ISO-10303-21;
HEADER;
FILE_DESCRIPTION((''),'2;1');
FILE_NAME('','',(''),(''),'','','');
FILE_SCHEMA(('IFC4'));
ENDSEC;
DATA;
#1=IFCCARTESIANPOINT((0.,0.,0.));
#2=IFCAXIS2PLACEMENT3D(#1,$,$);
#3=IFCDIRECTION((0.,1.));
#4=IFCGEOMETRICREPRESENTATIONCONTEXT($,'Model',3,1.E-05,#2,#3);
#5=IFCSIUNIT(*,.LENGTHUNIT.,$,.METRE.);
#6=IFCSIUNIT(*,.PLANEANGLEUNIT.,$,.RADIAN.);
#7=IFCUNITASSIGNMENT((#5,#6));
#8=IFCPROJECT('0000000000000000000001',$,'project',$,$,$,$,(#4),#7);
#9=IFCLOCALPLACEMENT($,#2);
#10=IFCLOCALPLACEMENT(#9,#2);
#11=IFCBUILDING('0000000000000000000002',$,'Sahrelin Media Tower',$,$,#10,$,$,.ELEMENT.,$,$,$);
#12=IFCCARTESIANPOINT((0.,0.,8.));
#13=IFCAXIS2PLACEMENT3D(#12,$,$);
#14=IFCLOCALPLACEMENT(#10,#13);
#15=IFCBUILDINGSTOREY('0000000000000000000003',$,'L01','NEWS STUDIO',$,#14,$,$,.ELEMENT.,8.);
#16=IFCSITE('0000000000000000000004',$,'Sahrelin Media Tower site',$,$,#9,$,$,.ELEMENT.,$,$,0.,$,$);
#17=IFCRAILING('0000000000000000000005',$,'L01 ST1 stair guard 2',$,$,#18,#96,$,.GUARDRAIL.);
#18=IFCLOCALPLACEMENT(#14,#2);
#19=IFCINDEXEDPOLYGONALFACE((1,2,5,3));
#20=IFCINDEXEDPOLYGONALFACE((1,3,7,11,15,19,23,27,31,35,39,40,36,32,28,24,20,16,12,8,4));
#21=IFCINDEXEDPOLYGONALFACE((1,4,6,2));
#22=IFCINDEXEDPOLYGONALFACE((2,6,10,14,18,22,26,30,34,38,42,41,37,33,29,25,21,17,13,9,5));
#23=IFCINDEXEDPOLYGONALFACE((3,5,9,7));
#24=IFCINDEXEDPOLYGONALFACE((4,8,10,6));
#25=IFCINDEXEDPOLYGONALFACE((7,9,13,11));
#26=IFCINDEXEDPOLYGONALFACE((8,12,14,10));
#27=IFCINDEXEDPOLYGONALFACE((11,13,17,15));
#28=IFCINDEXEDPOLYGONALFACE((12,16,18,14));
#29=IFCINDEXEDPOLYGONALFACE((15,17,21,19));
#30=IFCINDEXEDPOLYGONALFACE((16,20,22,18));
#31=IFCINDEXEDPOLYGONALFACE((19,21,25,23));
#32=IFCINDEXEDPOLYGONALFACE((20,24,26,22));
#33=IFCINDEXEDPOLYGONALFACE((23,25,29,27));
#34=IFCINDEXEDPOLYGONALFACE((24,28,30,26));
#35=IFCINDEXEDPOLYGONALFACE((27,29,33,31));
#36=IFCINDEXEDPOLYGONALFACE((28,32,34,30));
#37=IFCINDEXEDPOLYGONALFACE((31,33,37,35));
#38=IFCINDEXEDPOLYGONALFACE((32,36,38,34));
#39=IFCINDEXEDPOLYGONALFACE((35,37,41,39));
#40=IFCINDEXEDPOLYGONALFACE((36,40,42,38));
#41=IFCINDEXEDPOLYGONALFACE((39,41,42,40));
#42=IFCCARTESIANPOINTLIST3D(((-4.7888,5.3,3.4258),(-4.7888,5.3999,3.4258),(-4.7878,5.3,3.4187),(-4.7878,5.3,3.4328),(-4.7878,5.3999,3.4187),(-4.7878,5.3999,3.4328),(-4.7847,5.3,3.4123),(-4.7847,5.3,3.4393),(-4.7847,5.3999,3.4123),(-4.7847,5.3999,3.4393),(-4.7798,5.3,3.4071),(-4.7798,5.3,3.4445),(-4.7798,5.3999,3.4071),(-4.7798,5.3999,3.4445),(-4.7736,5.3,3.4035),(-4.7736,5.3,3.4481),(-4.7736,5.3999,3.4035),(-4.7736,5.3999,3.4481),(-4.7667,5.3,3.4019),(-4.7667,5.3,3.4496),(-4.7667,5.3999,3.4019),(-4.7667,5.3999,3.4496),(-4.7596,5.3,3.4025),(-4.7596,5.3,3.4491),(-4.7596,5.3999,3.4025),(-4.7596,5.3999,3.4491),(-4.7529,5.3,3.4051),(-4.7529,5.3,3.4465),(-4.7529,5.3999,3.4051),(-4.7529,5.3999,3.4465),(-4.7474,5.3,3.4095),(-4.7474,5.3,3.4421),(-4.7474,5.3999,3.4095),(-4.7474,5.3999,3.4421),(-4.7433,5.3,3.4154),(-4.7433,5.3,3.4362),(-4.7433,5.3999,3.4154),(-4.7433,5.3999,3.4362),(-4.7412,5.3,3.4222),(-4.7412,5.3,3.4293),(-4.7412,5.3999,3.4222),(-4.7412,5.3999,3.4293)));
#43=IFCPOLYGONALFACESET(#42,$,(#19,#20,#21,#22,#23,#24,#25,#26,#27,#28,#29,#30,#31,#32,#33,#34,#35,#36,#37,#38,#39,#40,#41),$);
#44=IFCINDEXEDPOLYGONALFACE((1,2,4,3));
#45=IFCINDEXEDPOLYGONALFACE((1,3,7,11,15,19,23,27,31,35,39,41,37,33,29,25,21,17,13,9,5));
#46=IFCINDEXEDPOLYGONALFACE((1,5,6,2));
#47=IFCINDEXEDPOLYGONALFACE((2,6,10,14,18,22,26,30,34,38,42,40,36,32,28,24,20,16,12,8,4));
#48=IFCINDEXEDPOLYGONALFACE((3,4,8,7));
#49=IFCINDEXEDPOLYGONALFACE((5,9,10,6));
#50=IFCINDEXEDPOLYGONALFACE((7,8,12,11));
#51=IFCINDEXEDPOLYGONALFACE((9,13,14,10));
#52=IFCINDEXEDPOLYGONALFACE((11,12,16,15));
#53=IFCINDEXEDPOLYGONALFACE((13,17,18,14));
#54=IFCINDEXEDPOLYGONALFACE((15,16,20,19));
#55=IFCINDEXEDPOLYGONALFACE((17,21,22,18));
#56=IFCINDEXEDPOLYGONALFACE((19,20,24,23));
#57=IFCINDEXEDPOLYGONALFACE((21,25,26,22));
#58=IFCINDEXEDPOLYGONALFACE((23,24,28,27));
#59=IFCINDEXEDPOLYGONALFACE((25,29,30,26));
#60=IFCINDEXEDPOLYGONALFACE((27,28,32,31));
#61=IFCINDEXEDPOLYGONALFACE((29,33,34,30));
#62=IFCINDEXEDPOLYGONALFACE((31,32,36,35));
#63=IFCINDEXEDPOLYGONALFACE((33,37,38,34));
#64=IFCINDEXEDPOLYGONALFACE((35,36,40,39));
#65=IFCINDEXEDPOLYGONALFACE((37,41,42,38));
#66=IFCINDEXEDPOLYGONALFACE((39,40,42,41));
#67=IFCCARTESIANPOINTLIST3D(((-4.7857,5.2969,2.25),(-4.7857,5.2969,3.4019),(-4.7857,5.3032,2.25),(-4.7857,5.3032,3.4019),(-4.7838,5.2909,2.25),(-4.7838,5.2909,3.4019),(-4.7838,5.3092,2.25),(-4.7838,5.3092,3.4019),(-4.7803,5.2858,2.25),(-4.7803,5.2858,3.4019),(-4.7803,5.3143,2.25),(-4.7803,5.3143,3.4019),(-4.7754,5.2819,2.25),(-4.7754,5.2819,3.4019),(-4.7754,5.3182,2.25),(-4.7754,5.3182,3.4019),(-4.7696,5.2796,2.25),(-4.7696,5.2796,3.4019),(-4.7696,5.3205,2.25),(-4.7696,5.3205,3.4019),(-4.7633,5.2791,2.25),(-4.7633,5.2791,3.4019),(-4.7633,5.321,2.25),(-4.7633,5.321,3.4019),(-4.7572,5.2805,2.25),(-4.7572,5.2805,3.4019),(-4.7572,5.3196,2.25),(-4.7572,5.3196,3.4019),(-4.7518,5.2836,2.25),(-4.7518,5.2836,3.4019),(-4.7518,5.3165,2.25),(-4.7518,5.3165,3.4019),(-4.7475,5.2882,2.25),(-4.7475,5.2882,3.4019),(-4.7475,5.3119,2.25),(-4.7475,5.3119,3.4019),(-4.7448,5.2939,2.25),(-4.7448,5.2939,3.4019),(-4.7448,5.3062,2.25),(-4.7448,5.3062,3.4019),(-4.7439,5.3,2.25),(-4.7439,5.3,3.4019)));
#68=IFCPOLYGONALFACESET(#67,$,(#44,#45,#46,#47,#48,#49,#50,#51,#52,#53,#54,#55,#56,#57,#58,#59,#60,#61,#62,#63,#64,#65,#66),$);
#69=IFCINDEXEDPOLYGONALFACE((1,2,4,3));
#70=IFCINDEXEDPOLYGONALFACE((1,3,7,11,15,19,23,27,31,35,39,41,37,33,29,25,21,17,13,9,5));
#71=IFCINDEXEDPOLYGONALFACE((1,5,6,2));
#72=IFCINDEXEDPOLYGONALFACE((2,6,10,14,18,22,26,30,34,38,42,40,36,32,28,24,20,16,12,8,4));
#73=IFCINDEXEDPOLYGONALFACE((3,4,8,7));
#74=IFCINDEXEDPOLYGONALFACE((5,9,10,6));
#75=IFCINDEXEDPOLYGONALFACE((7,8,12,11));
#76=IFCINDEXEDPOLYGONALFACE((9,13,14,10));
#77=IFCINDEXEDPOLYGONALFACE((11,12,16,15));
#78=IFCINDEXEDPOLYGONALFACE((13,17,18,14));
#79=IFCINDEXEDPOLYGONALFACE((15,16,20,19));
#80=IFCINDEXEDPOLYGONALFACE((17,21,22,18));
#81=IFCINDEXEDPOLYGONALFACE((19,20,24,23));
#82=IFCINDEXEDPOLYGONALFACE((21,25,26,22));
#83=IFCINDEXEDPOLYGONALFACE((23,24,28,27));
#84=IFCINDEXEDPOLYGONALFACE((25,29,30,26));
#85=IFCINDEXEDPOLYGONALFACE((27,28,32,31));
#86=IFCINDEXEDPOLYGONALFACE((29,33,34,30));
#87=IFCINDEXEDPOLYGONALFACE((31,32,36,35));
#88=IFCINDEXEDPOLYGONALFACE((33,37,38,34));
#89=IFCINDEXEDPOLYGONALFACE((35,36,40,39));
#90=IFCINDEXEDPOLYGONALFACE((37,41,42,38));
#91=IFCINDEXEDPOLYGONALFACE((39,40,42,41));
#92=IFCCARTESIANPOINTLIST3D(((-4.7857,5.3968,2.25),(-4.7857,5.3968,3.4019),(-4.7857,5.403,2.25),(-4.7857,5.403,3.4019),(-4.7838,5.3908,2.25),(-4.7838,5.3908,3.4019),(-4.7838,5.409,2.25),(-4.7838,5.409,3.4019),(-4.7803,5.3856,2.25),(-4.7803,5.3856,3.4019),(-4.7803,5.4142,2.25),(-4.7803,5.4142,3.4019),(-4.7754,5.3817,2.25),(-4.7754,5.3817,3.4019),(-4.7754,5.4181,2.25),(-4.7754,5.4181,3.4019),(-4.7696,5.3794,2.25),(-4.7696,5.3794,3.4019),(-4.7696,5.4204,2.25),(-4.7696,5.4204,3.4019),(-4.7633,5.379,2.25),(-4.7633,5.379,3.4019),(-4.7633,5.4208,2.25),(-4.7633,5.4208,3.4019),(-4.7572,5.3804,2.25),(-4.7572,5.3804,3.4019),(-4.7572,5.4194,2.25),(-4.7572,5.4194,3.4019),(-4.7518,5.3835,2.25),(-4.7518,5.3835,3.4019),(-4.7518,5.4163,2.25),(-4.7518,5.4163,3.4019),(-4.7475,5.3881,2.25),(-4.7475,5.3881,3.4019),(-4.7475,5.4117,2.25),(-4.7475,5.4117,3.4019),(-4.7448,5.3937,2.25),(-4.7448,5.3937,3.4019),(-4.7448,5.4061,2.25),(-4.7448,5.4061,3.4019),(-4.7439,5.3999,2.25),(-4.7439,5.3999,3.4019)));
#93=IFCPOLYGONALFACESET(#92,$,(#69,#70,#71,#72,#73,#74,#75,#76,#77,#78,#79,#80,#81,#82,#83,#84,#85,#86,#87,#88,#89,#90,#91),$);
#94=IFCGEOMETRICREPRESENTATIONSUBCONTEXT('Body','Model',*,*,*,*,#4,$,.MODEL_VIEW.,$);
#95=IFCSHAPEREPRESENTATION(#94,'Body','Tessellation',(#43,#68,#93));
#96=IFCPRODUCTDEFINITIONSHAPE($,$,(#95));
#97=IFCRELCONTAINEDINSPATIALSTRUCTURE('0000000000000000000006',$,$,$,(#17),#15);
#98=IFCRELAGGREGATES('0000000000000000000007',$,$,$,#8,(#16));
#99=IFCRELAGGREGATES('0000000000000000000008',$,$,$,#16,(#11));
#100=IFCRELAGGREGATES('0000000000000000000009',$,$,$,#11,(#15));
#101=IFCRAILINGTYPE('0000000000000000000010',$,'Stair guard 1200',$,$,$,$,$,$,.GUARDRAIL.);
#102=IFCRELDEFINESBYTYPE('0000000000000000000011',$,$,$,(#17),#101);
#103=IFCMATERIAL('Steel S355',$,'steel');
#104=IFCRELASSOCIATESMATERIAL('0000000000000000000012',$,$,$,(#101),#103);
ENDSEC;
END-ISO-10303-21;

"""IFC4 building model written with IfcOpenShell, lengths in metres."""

from ifc_helpers import new_model, si_unit, direction, frame, origin, origin_2d, place, context, subcontext, project, spatial, circle, extrude, material, type_object, element, save


model = new_model("IFC4")

# Units and contexts
model_context = context("Model", 3, precision=1e-05, world=origin(), true_north=direction((0.0, 1.0)))
body_context = subcontext(model_context, "Body", "Model", "MODEL_VIEW")
ifc_project = project(units=[si_unit("LENGTHUNIT", "METRE"), si_unit("PLANEANGLEUNIT", "RADIAN")], contexts=[model_context])

# Site, building, storey
site_placement = place(None, origin())
site = spatial("IfcSite", under=ifc_project, at=site_placement, Name="Sahrelin Media Tower site", CompositionType="ELEMENT", RefElevation=0.0)
building_placement = place(site_placement, origin())
building = spatial("IfcBuilding", under=site, at=building_placement, Name="Sahrelin Media Tower", CompositionType="ELEMENT")
storey_placement = place(building_placement, frame((0.0, 0.0, 8.0)))
storey = spatial("IfcBuildingStorey", under=building, at=storey_placement, Name="L01", Description="NEWS STUDIO", CompositionType="ELEMENT", Elevation=8.0)

# Railing
ifc_material_1 = material(Name="Steel S355", Category="steel")
railing_type_1 = type_object("IfcRailingType", Name="Stair guard 1200", PredefinedType="GUARDRAIL", material=ifc_material_1)
railing_1_placement = place(storey_placement, frame((-4.7649, 5.3, 2.25)))
element("IfcRailing", 1, at=railing_1_placement, inside=storey, type_object=railing_type_1, Name="L01 ST1 stair guard 2", PredefinedType="GUARDRAIL", context=body_context, shape_type="SweptSolid", body=[
    extrude(circle(Radius=0.0239, at=origin_2d()), frame((0.0, 0.0, 1.1758), z_axis=(0.0, 1.0, 0.0), x_axis=(-1.0, 0.0, 0.0)), (0.0, 0.0, 1.0), 0.0999),
    extrude(circle(Radius=0.021, at=origin_2d()), origin(), (0.0, 0.0, 1.0), 1.1519),
    extrude(circle(Radius=0.021, at=origin_2d()), frame((0.0, 0.0999, 0.0)), (0.0, 0.0, 1.0), 1.1519),
])

save(model, "model.ifc")
